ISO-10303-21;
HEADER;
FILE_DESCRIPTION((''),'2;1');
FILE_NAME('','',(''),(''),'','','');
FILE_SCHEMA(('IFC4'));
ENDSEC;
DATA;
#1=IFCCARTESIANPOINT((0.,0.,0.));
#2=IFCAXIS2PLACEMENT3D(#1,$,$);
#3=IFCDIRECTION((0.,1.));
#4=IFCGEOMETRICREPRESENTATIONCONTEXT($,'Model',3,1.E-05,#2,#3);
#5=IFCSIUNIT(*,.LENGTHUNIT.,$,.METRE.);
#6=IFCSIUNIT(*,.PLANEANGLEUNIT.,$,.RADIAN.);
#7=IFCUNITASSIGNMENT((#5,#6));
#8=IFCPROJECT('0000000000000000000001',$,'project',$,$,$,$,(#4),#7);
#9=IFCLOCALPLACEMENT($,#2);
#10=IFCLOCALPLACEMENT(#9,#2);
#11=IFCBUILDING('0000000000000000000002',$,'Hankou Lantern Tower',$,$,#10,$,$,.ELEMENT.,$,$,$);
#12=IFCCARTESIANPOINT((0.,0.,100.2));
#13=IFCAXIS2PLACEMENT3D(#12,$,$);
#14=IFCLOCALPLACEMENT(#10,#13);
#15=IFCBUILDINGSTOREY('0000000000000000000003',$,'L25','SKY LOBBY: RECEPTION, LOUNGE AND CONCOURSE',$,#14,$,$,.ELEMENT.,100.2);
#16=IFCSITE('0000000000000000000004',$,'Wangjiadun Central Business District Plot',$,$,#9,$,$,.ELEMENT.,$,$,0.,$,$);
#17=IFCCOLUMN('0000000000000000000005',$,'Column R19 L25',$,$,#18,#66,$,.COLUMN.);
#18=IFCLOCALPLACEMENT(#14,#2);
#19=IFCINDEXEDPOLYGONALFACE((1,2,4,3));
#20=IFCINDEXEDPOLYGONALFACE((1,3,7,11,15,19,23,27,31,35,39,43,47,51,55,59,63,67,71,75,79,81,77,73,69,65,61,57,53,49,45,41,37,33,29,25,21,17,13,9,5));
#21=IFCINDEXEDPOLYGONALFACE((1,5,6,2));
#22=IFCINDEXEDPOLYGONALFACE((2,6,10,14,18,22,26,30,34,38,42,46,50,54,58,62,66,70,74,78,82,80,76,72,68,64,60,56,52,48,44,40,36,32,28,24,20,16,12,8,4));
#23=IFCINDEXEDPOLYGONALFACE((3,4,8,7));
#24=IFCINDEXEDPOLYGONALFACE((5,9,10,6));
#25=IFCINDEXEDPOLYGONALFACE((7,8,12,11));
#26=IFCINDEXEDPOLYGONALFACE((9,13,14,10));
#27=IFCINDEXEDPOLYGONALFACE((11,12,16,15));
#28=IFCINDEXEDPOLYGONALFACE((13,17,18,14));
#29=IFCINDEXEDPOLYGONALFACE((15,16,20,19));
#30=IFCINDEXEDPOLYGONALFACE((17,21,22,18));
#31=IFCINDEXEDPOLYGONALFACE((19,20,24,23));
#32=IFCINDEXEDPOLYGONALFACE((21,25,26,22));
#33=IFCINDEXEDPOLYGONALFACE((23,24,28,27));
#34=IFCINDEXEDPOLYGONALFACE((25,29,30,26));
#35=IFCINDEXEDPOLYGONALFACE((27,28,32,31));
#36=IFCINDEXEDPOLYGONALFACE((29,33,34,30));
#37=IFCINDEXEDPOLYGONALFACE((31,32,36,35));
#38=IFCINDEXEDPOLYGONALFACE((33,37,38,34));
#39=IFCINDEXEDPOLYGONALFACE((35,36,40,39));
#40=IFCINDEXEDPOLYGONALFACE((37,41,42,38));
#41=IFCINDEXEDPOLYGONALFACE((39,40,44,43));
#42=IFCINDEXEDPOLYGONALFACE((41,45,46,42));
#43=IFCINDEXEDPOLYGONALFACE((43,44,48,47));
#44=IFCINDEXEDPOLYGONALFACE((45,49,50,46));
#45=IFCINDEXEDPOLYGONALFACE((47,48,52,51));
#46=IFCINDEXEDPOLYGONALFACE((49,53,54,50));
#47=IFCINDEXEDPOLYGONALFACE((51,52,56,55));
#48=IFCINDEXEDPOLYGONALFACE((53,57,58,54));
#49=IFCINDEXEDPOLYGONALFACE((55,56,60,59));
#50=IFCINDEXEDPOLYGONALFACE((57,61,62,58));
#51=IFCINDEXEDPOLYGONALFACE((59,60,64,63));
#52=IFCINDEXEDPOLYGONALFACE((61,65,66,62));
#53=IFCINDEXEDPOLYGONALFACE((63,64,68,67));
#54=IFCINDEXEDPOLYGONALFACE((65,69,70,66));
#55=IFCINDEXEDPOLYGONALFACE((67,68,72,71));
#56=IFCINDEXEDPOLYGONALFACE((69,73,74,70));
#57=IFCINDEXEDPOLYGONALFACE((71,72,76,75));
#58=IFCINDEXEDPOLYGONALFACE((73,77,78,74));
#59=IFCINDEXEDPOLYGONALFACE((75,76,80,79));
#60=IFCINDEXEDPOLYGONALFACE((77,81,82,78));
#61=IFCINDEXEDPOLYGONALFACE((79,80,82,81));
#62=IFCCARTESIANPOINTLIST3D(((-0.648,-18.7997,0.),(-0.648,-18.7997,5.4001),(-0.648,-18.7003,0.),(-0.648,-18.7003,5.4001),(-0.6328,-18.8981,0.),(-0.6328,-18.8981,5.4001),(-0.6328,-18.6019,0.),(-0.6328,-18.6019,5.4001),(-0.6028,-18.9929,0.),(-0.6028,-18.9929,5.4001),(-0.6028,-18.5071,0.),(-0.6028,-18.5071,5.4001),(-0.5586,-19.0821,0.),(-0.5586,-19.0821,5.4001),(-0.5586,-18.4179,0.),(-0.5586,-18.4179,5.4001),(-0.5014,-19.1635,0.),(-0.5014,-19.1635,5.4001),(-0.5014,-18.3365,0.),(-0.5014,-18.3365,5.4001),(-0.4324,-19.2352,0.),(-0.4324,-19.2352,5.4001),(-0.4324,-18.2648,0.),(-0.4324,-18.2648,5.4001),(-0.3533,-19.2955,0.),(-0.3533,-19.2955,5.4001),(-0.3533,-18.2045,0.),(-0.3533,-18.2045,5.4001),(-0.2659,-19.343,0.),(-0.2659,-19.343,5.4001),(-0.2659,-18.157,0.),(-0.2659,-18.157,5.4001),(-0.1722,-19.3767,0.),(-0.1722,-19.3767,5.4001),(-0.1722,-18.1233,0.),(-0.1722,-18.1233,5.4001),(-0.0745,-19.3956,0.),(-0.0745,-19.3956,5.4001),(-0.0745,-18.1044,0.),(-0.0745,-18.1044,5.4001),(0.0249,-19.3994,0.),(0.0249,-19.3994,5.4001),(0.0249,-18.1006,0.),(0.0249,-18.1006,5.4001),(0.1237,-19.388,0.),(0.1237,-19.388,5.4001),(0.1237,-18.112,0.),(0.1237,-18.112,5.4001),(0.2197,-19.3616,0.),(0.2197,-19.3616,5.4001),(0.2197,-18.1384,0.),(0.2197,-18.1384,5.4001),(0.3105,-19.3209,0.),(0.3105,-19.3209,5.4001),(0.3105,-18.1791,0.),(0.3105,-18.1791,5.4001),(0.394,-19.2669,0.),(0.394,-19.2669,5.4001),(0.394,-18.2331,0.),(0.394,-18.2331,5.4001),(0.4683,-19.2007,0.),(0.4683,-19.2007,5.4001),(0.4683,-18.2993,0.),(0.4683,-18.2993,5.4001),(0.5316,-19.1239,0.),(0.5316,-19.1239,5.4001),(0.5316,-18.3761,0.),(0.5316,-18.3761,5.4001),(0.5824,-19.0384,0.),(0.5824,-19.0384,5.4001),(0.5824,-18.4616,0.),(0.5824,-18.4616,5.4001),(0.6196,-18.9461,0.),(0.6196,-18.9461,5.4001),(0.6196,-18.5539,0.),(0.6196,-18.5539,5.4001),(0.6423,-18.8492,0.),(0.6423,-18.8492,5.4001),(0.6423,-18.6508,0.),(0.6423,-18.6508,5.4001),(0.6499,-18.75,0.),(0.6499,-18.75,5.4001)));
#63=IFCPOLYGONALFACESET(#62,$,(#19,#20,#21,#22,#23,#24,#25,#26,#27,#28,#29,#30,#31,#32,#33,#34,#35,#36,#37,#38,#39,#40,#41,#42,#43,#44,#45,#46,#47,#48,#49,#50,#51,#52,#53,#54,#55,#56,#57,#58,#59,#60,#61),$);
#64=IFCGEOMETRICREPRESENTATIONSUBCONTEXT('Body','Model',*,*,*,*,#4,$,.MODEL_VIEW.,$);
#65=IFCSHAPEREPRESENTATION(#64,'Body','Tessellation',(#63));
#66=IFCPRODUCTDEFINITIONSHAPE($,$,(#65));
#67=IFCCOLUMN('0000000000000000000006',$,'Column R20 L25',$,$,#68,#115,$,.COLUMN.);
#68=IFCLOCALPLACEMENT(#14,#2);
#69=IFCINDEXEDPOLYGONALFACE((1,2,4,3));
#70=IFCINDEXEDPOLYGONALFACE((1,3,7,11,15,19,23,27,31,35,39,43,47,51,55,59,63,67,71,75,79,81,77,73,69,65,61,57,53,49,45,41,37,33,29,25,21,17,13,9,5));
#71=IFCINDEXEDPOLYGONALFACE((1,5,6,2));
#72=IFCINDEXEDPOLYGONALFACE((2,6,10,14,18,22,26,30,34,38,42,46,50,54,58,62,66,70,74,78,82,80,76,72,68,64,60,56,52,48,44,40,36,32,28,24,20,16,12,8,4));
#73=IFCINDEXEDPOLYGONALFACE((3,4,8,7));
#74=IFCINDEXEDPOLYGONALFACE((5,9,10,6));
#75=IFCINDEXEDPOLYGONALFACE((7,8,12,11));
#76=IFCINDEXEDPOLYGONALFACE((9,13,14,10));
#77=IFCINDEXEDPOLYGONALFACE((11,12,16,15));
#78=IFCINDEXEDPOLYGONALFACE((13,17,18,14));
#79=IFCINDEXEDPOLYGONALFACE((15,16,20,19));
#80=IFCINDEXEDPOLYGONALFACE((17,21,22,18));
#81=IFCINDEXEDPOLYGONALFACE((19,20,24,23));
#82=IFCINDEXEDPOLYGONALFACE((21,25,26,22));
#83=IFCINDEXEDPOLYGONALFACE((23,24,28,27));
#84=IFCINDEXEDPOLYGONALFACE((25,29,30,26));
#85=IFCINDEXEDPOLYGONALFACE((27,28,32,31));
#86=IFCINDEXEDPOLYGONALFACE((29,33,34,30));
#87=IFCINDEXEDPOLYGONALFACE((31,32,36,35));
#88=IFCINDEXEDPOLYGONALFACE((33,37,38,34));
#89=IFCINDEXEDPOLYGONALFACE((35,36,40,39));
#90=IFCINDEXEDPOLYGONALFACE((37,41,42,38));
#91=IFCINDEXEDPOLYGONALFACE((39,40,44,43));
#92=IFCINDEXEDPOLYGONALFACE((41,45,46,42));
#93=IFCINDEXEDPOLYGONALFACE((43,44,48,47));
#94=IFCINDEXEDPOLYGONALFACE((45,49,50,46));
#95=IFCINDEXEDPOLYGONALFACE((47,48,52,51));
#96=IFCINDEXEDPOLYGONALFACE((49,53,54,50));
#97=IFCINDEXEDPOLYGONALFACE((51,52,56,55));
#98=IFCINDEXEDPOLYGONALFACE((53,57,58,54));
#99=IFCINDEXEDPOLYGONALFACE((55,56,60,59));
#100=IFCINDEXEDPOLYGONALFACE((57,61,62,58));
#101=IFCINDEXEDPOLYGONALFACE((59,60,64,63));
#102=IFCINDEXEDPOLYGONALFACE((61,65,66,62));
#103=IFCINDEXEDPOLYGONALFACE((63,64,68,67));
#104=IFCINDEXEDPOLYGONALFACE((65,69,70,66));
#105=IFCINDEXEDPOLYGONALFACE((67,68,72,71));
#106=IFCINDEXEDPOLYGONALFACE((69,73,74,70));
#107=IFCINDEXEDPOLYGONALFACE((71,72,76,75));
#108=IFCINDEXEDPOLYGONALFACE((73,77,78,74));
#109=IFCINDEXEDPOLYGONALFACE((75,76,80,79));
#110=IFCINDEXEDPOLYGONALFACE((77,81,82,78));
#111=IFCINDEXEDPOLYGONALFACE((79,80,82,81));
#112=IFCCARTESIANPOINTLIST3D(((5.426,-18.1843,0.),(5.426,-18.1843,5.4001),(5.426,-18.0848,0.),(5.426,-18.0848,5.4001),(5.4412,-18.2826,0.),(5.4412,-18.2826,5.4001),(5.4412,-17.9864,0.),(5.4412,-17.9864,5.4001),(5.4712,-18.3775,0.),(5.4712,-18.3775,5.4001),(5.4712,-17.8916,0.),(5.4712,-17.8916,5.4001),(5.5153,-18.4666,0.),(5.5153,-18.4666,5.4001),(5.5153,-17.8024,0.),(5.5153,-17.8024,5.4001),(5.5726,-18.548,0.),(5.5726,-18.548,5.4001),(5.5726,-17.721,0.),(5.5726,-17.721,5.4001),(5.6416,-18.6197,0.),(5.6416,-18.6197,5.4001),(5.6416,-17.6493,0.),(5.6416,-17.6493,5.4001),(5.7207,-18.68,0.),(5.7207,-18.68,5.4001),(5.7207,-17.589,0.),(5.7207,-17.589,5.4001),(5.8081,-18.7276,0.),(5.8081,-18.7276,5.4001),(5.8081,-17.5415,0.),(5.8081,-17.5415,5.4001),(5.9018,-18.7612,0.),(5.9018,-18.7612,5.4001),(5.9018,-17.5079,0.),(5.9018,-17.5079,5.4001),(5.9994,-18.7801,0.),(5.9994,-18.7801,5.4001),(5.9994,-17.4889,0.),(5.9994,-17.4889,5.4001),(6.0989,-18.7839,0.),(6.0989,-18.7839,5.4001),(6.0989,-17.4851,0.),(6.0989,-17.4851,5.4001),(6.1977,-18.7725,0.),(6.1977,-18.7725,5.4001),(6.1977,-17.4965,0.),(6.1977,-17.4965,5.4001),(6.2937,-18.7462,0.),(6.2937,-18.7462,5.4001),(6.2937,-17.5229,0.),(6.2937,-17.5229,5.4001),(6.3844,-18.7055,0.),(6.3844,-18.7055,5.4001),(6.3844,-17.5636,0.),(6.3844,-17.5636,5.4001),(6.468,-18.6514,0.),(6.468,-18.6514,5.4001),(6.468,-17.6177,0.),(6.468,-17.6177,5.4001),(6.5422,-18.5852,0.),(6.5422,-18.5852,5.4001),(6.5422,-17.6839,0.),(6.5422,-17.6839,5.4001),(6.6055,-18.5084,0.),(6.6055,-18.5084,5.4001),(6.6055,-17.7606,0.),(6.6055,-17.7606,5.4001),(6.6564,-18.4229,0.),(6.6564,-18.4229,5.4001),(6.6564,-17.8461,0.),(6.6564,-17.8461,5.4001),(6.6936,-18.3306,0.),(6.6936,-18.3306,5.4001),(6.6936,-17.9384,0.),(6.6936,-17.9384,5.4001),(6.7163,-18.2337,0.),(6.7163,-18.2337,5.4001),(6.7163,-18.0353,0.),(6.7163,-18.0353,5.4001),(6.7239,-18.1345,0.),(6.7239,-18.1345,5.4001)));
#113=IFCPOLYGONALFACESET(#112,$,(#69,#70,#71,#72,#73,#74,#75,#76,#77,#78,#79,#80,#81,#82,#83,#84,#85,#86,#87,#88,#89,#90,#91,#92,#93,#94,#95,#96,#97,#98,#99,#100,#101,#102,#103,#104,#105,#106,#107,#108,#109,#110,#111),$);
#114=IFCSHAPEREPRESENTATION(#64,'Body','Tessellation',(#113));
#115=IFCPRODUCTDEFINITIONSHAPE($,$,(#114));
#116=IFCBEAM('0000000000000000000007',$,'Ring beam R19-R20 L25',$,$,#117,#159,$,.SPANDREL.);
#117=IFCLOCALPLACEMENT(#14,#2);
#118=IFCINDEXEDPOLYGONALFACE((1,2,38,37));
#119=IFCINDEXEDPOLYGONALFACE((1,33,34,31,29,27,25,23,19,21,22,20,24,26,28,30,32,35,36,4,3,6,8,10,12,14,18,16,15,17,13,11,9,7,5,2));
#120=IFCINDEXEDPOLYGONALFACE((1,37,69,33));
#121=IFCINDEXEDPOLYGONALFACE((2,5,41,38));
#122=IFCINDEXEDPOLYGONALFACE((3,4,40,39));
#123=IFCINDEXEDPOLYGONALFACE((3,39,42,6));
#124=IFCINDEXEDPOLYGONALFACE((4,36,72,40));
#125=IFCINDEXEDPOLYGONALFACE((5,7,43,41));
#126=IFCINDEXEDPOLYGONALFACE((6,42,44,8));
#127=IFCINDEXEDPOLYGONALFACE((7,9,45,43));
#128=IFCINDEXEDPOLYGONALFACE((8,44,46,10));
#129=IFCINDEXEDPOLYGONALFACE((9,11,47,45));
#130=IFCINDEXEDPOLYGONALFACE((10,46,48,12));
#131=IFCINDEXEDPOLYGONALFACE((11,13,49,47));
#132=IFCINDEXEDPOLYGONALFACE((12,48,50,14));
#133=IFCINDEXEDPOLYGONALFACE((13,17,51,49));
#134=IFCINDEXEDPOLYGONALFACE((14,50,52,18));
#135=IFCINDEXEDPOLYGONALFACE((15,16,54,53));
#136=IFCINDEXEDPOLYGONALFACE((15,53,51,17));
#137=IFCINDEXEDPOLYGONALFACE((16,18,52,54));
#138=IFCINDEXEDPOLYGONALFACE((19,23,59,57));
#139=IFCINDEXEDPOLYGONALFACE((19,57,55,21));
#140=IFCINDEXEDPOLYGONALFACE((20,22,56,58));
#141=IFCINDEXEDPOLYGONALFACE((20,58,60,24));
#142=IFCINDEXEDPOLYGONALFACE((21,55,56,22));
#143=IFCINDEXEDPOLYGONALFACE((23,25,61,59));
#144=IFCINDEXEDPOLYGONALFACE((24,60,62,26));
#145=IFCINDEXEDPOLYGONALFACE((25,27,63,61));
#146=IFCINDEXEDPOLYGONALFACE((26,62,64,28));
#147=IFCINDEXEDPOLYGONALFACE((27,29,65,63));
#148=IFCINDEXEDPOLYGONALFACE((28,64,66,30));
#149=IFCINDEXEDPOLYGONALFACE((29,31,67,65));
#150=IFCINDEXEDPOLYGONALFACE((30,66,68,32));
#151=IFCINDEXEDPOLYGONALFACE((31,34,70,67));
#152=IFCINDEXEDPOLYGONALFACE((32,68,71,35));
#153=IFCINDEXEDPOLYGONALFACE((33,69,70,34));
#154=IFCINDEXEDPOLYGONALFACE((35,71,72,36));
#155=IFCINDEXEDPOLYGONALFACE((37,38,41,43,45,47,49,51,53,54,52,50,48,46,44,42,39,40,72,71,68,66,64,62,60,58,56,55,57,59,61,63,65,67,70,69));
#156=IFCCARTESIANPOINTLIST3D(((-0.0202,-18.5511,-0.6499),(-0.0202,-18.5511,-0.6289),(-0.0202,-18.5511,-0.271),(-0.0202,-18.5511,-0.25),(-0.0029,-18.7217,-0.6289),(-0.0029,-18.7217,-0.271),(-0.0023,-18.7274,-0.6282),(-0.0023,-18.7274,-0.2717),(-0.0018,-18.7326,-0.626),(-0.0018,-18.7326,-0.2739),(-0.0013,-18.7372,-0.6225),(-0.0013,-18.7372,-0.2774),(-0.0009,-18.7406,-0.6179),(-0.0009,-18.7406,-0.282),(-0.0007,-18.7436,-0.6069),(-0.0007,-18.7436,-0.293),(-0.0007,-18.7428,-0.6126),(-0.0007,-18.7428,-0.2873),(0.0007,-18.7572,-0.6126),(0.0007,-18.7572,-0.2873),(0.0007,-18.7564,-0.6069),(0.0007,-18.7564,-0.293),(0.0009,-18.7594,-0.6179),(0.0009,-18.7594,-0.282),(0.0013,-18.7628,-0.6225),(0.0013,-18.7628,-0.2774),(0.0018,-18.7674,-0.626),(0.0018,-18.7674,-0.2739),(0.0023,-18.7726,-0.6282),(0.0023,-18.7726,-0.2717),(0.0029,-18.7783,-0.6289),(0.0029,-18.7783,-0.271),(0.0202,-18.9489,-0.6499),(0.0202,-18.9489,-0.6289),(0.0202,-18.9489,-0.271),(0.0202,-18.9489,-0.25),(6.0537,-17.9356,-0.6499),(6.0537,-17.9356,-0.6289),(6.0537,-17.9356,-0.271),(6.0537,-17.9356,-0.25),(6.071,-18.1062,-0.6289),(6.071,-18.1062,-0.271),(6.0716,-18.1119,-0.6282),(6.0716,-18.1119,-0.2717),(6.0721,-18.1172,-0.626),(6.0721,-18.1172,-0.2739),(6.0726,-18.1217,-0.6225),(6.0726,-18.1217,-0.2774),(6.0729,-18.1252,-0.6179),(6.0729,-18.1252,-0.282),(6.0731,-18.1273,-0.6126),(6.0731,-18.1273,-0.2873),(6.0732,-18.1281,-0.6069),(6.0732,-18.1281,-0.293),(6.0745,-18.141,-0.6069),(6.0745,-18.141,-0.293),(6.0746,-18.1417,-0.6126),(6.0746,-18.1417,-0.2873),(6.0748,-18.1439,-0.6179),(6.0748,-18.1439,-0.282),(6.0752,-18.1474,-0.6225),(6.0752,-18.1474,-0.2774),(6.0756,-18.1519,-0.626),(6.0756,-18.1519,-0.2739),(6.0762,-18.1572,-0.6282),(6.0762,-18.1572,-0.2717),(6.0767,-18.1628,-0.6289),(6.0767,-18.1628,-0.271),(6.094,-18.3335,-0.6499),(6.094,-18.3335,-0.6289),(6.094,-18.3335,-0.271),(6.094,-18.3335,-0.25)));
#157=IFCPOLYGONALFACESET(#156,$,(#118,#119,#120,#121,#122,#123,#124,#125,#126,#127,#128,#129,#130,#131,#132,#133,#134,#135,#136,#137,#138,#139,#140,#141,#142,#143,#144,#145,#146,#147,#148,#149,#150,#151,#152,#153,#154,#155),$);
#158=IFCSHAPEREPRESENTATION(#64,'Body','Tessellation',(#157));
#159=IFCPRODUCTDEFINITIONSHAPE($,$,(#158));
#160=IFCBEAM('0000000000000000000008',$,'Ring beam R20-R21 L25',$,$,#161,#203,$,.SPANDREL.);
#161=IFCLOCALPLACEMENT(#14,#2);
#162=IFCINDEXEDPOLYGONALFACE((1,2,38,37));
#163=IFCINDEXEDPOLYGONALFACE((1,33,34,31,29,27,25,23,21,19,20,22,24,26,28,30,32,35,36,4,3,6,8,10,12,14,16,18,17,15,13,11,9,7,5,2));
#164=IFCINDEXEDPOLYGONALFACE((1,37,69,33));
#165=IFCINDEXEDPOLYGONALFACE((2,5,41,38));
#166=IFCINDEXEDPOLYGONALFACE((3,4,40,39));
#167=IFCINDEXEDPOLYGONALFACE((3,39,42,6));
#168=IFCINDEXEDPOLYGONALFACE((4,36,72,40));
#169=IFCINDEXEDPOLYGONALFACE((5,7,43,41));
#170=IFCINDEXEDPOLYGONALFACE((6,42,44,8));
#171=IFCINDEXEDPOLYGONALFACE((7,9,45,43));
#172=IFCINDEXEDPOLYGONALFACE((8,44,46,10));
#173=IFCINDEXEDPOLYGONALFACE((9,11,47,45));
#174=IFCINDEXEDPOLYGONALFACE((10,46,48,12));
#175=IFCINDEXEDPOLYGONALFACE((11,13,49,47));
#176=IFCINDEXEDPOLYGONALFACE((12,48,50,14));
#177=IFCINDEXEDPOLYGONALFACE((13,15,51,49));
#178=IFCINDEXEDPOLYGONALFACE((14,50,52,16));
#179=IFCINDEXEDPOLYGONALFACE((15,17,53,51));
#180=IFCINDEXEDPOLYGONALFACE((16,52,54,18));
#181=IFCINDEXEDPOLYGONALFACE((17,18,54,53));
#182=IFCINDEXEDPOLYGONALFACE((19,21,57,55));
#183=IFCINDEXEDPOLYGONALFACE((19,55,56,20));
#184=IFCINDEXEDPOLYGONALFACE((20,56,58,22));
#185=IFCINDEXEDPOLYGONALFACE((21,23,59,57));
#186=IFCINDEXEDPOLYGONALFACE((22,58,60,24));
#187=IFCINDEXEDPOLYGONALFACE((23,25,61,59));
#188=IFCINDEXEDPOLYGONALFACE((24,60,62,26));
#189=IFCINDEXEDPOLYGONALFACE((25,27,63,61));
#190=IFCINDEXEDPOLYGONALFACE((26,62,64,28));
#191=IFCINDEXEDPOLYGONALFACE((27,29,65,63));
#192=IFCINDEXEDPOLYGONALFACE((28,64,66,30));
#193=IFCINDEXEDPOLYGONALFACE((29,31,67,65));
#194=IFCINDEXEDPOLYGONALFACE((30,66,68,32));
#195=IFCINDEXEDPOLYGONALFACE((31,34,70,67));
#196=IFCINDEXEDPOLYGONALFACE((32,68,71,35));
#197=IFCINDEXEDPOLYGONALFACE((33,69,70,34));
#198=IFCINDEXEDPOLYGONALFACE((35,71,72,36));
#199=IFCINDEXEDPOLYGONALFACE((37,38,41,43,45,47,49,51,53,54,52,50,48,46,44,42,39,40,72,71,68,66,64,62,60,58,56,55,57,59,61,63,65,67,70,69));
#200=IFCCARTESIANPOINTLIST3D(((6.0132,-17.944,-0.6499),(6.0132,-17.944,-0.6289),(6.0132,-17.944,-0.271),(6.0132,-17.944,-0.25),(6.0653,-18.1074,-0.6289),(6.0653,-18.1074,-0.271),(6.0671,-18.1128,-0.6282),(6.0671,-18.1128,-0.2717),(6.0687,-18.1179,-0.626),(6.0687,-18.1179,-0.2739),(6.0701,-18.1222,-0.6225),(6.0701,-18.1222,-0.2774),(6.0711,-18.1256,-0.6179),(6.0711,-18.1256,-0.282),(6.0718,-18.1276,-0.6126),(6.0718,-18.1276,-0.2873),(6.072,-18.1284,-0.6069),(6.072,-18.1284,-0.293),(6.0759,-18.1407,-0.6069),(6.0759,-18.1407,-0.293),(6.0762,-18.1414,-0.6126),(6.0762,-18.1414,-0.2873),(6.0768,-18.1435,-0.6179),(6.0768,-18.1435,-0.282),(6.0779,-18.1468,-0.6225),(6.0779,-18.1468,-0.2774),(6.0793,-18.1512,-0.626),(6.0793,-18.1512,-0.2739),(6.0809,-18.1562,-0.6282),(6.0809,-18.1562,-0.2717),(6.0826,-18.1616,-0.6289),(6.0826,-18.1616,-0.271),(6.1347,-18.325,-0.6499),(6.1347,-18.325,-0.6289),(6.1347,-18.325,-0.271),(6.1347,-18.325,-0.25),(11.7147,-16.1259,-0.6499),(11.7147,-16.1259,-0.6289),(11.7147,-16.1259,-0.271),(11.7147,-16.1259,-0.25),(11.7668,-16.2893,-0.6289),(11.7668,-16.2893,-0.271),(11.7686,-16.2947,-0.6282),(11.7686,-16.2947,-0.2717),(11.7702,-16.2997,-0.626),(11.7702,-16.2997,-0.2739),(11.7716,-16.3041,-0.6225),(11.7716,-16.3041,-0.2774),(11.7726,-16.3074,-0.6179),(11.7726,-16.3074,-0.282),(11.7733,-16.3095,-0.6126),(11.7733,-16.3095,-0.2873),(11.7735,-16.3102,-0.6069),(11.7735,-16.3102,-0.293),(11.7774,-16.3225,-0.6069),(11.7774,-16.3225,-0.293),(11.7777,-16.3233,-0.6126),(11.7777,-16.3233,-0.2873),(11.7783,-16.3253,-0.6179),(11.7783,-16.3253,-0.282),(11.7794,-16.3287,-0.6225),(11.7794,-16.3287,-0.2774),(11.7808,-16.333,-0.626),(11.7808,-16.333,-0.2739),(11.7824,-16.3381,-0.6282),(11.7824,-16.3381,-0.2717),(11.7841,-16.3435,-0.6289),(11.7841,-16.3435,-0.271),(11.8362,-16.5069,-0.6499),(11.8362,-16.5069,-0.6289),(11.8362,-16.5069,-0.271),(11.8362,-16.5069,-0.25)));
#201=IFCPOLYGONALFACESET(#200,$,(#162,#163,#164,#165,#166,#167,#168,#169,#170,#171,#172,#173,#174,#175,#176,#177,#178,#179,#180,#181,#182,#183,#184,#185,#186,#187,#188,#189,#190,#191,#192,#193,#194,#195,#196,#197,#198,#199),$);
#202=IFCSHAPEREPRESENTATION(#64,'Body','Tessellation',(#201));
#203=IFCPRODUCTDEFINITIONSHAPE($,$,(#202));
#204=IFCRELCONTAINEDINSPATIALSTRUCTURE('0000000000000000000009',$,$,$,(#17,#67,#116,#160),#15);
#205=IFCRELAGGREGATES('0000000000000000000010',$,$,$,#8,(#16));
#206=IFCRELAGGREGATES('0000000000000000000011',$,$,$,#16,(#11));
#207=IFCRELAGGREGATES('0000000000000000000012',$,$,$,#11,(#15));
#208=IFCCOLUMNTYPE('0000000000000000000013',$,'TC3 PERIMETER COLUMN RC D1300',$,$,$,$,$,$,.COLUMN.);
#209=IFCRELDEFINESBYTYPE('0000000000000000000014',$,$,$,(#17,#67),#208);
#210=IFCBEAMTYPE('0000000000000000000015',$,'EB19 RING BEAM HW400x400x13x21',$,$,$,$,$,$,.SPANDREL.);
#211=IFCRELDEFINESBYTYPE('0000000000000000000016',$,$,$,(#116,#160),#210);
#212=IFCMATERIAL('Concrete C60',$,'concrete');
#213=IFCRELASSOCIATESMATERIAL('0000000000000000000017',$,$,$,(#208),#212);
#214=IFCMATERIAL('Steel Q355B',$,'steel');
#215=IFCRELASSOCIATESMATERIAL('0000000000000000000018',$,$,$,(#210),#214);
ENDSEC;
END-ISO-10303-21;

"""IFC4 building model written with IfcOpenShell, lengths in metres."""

from ifc_helpers import new_model, si_unit, direction, frame, origin, origin_2d, place, context, subcontext, project, spatial, circle, i_section, extrude, material, material_profile, profile_set, type_object, element, save


model = new_model("IFC4")

# Units and contexts
model_context = context("Model", 3, precision=1e-05, world=origin(), true_north=direction((0.0, 1.0)))
body_context = subcontext(model_context, "Body", "Model", "MODEL_VIEW")
ifc_project = project(units=[si_unit("LENGTHUNIT", "METRE"), si_unit("PLANEANGLEUNIT", "RADIAN")], contexts=[model_context])

# Site, building, storey
site_placement = place(None, origin())
site = spatial("IfcSite", under=ifc_project, at=site_placement, Name="Wangjiadun Central Business District Plot", CompositionType="ELEMENT", RefElevation=0.0)
building_placement = place(site_placement, origin())
building = spatial("IfcBuilding", under=site, at=building_placement, Name="Hankou Lantern Tower", CompositionType="ELEMENT")
storey_placement = place(building_placement, frame((0.0, 0.0, 100.2)))
storey = spatial("IfcBuildingStorey", under=building, at=storey_placement, Name="L25", Description="SKY LOBBY: RECEPTION, LOUNGE AND CONCOURSE", CompositionType="ELEMENT", Elevation=100.2)

# Columns
ifc_material_1 = material(Name="Concrete C60", Category="concrete")
ifc_material_profile_1 = material_profile(ifc_material_1, circle(Radius=0.6499, at=origin_2d()), Name="RC D1300")
ifc_profile_set_1 = profile_set([ifc_material_profile_1], Name="Concrete C60")
column_type = type_object("IfcColumnType", Name="TC3 PERIMETER COLUMN RC D1300", PredefinedType="COLUMN", material=ifc_profile_set_1)
for number, where, z_axis, x_axis, name in (
    (1, (0.0, -18.75, 0.0), (0.0, 0.0, 1.0), (1.0, 0.0, 0.0), "Column R19 L25"),
    (2, (6.074, -18.1345, 0.0), (0.0, 0.0, 1.0), (1.0, 0.0, 0.0), "Column R20 L25"),
):
    element("IfcColumn", number, at=place(storey_placement, frame(where, z_axis=z_axis, x_axis=x_axis)), inside=storey, type_object=column_type, Name=name, PredefinedType="COLUMN", context=body_context, shape_type="SweptSolid", body=[
        extrude(circle(Radius=0.6499, at=origin_2d()), origin(), (0.0, 0.0, 1.0), 5.4001),
    ])

# Beams
ifc_material_2 = material(Name="Steel Q355B", Category="steel")
ifc_material_profile_2 = material_profile(ifc_material_2, i_section(OverallWidth=0.3999, OverallDepth=0.3999, WebThickness=0.0129, FlangeThickness=0.021, FilletRadius=0.022, at=origin_2d()), Name="HW400x400x13x21")
ifc_profile_set_2 = profile_set([ifc_material_profile_2], Name="Steel Q355B")
beam_type_1 = type_object("IfcBeamType", Name="EB19 RING BEAM HW400x400x13x21", PredefinedType="SPANDREL", material=ifc_profile_set_2)
beam_1_placement = place(storey_placement, frame((0.0, -18.75, -0.45), z_axis=(0.994905, 0.100814, 0.0), x_axis=(-0.100814, 0.994905, 0.0)))
element("IfcBeam", 3, at=beam_1_placement, inside=storey, type_object=beam_type_1, Name="Ring beam R19-R20 L25", PredefinedType="SPANDREL", context=body_context, shape_type="SweptSolid", body=[
    extrude(i_section(OverallWidth=0.3999, OverallDepth=0.3999, WebThickness=0.0129, FlangeThickness=0.021, FilletRadius=0.022, at=origin_2d()), origin(), (0.0, 0.0, 1.0), 6.105),
])
beam_2_placement = place(storey_placement, frame((6.074, -18.1345, -0.45), z_axis=(0.952731, 0.303815, 0.0), x_axis=(-0.303815, 0.952731, 0.0)))
element("IfcBeam", 4, at=beam_2_placement, inside=storey, type_object=beam_type_1, Name="Ring beam R20-R21 L25", PredefinedType="SPANDREL", context=body_context, shape_type="SweptSolid", body=[
    extrude(i_section(OverallWidth=0.3999, OverallDepth=0.3999, WebThickness=0.0129, FlangeThickness=0.021, FilletRadius=0.022, at=origin_2d()), origin(), (0.0, 0.0, 1.0), 5.9844),
])

save(model, "model.ifc")
